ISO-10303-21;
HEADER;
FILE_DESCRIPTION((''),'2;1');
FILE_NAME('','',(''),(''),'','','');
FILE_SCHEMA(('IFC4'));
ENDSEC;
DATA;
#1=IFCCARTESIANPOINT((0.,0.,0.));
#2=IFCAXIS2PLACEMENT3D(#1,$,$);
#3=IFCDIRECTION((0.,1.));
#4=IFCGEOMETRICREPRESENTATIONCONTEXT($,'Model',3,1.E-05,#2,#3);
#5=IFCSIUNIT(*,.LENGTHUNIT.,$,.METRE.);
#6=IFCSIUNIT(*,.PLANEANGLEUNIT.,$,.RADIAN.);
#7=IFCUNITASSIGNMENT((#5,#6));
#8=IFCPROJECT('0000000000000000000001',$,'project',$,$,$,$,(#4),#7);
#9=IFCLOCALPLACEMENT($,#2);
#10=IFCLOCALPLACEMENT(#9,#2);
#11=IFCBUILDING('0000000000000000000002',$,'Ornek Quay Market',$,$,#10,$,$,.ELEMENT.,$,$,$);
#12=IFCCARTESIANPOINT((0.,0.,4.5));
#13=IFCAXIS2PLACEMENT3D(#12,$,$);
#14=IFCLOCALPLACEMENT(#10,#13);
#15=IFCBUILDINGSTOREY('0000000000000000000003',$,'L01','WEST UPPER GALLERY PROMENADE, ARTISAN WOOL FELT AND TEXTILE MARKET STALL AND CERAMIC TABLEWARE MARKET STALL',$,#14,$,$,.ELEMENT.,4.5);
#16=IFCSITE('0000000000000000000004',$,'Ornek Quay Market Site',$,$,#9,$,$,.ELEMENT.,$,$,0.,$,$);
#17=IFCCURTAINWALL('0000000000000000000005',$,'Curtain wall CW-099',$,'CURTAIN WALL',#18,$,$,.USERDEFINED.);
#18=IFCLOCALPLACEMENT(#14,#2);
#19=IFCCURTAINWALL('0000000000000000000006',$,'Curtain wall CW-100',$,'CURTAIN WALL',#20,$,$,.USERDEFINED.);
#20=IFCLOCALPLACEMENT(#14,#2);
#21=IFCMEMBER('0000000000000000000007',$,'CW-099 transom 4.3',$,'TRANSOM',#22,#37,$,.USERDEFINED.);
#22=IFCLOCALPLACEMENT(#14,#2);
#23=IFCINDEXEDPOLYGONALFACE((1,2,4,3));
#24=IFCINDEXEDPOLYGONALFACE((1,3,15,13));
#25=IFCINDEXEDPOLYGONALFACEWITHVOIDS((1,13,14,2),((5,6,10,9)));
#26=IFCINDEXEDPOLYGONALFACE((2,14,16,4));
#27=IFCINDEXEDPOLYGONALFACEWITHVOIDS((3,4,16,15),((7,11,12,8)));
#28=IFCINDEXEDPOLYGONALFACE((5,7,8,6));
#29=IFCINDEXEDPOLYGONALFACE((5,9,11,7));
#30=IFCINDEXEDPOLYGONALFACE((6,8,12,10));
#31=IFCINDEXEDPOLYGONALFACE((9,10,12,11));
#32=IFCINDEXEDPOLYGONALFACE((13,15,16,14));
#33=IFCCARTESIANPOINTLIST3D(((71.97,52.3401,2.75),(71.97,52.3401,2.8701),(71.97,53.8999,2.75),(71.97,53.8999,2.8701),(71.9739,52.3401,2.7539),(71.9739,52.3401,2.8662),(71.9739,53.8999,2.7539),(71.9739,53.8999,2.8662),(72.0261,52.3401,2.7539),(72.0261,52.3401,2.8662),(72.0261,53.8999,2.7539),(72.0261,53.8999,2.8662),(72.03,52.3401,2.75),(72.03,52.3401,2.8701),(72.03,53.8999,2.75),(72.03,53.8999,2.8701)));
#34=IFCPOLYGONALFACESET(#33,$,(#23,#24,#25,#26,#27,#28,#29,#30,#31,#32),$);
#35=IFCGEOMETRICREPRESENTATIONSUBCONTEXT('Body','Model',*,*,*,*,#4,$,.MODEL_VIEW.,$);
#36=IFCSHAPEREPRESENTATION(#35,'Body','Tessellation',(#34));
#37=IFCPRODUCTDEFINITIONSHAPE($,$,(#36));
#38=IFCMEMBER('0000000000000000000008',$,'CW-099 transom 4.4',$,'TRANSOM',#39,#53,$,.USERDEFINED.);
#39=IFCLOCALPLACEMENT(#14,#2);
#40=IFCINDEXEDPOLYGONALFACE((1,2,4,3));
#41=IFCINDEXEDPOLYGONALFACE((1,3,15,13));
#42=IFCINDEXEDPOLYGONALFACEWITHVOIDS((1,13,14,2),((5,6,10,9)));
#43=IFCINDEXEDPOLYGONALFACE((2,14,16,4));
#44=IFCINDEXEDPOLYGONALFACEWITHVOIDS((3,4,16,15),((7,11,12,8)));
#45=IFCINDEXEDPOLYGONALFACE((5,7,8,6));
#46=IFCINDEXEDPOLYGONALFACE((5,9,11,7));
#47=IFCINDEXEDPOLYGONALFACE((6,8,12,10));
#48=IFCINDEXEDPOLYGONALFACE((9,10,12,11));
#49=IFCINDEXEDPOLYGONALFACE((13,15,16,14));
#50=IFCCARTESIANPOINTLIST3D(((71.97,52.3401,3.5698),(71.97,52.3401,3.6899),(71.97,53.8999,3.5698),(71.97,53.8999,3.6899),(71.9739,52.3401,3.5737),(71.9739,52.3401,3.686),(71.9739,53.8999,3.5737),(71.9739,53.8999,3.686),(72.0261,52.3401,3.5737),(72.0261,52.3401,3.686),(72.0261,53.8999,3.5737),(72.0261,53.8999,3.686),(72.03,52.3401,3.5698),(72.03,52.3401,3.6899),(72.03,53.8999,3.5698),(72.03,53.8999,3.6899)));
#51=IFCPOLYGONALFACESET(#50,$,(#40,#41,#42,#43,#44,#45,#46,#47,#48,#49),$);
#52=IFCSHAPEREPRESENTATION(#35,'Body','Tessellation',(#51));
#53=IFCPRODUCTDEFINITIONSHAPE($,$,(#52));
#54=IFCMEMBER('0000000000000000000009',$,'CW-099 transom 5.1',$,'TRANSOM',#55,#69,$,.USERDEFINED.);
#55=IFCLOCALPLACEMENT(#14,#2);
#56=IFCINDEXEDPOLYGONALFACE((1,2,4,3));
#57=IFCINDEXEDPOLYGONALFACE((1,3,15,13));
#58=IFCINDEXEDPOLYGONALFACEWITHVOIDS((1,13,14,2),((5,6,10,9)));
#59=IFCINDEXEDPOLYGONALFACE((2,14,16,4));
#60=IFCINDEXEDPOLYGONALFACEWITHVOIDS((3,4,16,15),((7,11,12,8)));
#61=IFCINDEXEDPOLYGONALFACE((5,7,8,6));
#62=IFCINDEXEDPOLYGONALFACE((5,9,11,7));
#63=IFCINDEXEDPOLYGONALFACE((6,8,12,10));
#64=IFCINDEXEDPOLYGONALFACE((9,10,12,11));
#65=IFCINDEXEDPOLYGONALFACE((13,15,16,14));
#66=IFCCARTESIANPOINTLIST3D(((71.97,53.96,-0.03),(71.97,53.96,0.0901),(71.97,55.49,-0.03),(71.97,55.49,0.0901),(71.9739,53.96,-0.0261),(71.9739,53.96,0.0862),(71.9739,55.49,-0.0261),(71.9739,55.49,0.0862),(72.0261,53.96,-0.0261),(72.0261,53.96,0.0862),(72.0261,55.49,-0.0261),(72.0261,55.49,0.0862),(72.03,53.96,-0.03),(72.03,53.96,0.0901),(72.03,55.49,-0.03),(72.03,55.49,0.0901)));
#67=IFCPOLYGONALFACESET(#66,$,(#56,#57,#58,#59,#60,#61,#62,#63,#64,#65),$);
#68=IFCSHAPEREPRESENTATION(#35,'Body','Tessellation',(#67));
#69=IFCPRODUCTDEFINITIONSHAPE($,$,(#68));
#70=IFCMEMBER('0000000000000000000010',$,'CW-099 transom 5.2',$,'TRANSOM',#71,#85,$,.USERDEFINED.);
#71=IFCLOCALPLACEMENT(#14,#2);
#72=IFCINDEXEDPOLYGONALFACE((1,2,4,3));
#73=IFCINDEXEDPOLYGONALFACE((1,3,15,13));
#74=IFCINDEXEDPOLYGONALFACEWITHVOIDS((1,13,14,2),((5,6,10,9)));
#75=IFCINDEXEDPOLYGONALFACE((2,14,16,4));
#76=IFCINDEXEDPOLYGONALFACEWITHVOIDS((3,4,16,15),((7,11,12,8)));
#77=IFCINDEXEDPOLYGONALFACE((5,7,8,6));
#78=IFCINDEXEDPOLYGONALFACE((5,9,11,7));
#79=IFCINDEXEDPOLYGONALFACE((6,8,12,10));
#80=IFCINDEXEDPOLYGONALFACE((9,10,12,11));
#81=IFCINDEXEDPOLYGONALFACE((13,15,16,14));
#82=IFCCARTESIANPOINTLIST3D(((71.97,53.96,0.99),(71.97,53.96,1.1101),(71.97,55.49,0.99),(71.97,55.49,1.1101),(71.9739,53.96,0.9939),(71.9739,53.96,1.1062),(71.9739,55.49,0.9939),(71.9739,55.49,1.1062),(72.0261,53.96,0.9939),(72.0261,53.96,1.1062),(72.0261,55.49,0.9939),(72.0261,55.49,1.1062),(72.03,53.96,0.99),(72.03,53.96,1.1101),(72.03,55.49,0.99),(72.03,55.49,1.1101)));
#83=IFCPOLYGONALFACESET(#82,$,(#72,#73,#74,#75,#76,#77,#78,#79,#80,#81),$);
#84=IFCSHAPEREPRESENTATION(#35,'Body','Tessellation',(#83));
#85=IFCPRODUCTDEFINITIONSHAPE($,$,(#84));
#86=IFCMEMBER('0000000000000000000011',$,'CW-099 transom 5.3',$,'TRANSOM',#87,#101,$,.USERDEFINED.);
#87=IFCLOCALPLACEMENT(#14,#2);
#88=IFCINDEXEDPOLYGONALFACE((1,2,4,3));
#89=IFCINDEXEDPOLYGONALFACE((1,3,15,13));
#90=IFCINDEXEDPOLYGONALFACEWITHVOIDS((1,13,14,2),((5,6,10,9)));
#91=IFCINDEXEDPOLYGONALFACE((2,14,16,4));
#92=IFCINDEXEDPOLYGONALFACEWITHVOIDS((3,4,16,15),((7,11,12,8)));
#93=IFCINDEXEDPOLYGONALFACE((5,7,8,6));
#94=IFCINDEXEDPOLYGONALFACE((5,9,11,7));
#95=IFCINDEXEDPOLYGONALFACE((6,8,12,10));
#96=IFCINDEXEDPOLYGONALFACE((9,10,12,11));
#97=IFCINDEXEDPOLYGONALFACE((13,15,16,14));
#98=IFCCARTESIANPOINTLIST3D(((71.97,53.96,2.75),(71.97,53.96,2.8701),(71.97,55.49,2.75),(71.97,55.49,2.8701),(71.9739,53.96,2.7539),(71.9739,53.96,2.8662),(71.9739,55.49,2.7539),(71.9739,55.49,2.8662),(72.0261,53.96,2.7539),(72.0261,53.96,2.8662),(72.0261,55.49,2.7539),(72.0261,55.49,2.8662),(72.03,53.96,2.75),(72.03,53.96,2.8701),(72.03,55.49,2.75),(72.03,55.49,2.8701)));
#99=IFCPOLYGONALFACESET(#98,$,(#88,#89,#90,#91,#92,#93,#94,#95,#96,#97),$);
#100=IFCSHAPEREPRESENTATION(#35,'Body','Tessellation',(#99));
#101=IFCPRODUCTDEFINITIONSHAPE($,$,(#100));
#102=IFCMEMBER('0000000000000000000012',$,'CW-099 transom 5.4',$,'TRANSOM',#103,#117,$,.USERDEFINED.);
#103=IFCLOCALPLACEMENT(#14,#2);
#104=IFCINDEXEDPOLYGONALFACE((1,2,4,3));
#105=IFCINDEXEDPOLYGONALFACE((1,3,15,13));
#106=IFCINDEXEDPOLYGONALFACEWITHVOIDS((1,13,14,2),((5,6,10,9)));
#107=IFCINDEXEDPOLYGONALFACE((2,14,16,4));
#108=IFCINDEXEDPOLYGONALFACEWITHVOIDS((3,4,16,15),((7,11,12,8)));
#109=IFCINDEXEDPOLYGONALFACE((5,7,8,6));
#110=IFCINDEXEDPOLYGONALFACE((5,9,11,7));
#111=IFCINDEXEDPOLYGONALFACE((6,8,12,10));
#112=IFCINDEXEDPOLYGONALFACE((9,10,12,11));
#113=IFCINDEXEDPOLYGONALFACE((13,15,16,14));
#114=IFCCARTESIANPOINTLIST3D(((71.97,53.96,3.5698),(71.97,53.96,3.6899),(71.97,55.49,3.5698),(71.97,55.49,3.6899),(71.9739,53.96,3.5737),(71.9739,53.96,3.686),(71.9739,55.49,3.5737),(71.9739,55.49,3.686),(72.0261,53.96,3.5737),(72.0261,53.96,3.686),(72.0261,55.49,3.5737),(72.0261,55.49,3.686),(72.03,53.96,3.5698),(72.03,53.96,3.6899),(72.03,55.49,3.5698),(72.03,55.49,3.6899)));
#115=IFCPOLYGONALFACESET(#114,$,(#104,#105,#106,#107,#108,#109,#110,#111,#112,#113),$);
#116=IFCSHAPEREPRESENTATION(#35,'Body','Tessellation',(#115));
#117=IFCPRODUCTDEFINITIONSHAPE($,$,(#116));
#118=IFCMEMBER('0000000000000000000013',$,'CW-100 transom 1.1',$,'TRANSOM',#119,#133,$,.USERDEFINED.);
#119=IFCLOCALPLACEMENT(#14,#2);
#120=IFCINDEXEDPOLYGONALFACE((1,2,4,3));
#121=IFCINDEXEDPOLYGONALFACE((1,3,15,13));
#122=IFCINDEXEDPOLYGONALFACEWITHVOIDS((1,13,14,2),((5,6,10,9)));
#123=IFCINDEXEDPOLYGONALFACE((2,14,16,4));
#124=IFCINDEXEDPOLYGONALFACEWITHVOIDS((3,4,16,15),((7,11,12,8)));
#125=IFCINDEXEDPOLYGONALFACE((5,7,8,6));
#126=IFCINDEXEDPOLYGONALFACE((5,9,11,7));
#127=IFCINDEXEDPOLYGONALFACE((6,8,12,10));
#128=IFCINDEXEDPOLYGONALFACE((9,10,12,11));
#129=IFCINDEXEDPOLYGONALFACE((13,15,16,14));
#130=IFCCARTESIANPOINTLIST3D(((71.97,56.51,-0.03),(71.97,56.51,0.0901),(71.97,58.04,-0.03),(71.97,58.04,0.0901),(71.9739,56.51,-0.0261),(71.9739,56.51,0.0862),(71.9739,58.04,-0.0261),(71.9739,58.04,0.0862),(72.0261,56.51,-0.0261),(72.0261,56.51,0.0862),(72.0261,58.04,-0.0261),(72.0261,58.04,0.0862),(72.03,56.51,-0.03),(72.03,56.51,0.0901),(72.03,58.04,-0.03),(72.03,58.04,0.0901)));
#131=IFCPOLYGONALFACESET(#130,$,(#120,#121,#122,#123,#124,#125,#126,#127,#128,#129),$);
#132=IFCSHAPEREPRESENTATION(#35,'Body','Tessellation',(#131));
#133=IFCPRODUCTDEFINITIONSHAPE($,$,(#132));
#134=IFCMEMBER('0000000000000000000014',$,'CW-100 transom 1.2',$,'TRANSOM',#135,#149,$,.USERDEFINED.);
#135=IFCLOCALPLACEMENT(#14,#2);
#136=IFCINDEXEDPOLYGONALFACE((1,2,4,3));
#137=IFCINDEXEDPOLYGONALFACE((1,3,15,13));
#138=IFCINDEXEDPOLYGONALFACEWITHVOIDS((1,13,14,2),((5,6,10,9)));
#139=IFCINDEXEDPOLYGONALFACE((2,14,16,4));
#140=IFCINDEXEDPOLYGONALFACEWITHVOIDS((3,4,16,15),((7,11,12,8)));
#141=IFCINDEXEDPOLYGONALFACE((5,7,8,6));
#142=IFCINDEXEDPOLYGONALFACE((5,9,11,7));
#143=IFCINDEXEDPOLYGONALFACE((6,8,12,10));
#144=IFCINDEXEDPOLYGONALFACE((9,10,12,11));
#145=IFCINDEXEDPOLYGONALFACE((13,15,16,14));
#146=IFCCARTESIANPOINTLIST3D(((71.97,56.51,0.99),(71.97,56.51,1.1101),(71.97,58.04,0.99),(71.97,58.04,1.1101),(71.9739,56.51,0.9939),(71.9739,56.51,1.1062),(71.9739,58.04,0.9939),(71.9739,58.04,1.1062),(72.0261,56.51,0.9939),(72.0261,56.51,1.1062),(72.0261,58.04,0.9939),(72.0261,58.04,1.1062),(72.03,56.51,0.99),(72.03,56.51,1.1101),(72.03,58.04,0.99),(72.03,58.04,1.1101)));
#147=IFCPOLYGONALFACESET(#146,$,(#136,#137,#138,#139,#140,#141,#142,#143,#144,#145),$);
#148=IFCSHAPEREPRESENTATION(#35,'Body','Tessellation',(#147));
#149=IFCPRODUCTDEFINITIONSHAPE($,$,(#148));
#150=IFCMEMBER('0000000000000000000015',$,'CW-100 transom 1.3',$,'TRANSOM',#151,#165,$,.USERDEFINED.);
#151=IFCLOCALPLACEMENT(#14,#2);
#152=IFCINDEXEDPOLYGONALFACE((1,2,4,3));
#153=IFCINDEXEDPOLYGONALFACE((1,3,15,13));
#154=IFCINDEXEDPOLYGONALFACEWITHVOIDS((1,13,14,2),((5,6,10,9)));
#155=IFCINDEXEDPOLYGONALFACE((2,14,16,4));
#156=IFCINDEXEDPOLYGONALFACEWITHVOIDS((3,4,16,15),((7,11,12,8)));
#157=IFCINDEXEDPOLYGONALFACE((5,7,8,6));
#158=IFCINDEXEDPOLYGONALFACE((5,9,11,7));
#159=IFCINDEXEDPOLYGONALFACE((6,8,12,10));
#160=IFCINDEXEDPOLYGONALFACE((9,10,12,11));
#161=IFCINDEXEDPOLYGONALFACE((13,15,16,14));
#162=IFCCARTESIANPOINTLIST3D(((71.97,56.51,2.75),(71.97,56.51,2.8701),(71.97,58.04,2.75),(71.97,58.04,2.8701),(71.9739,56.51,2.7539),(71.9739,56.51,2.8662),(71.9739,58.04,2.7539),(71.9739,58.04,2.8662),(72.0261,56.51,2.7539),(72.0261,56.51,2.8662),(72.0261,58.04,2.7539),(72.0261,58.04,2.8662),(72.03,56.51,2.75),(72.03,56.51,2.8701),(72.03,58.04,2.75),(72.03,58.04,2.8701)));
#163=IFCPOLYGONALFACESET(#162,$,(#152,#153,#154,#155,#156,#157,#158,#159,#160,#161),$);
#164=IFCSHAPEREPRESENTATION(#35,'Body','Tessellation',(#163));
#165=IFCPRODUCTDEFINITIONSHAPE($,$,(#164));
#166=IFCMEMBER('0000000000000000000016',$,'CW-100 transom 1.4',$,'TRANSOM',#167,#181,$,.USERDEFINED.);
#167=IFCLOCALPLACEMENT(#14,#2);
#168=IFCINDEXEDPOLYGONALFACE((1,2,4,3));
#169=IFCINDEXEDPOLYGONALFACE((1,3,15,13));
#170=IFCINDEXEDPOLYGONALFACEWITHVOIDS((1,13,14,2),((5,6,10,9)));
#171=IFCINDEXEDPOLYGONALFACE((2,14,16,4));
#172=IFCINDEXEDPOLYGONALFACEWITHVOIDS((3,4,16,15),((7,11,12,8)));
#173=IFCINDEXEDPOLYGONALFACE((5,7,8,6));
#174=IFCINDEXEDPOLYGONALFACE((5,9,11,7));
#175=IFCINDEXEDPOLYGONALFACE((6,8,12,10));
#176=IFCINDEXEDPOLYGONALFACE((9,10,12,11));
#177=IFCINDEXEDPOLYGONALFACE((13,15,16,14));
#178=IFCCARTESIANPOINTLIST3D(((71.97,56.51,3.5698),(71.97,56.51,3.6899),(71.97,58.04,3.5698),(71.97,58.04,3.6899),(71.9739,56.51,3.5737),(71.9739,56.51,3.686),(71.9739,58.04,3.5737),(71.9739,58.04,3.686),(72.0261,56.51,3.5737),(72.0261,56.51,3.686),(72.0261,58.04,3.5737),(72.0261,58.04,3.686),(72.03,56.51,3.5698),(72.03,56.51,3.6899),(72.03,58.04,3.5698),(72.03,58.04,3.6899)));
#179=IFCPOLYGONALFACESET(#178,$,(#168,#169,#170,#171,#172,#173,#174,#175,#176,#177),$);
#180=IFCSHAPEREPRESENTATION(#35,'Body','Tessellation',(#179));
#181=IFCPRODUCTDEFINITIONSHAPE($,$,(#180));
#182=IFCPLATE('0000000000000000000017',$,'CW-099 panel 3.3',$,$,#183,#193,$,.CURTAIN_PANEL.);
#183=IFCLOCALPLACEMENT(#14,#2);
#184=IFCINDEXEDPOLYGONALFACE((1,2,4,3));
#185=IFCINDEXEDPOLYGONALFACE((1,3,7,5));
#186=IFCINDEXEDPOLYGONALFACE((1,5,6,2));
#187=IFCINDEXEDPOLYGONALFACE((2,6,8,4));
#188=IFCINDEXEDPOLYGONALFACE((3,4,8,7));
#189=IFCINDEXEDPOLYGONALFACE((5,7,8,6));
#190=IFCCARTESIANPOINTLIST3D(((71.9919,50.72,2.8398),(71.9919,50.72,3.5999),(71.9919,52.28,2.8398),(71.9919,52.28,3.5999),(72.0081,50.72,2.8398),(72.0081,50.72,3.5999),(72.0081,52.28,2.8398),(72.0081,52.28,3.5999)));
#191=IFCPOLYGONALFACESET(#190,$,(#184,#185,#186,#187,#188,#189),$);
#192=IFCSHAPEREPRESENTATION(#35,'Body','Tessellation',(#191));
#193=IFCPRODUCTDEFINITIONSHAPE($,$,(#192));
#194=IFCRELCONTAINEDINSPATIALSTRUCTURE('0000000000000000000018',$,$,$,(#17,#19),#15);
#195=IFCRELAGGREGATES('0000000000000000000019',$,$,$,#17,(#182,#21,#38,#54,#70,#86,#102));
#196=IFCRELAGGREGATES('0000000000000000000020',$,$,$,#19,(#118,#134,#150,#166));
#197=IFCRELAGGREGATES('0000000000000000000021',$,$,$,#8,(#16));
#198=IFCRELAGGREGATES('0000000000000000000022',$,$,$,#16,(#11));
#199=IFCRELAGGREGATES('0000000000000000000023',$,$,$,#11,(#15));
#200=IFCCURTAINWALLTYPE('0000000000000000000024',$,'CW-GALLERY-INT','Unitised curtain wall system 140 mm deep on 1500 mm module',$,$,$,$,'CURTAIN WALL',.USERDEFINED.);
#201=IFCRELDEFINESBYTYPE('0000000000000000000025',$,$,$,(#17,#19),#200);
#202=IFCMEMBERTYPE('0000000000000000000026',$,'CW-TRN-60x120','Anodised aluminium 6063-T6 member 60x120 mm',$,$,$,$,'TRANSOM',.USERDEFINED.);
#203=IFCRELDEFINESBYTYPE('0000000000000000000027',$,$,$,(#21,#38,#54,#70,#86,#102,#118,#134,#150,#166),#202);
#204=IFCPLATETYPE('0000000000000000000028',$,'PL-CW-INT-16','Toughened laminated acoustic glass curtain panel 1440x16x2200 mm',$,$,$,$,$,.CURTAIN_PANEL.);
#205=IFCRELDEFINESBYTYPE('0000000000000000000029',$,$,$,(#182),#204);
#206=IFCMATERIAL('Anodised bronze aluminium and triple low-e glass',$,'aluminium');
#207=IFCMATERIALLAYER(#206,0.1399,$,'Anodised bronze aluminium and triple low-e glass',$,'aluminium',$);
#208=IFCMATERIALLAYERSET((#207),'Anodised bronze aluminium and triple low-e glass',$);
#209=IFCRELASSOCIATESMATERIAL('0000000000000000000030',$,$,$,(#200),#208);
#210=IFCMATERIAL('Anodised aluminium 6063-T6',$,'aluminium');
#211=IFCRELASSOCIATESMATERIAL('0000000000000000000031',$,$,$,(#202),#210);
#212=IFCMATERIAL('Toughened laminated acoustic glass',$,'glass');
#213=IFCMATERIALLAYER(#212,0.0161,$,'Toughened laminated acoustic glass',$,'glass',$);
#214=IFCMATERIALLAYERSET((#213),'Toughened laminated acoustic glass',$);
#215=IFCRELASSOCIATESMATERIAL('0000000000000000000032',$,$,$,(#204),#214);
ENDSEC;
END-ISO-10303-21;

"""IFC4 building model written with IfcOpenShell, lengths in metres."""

from ifc_helpers import new_model, si_unit, direction, frame, origin, origin_2d, place, context, subcontext, project, spatial, rectangle, hollow_rectangle, extrude, material, layer, layer_set, material_profile, profile_set, type_object, element, aggregate, save


model = new_model("IFC4")

# Units and contexts
model_context = context("Model", 3, precision=1e-05, world=origin(), true_north=direction((0.0, 1.0)))
body_context = subcontext(model_context, "Body", "Model", "MODEL_VIEW")
ifc_project = project(units=[si_unit("LENGTHUNIT", "METRE"), si_unit("PLANEANGLEUNIT", "RADIAN")], contexts=[model_context])

# Site, building, storey
site_placement = place(None, origin())
site = spatial("IfcSite", under=ifc_project, at=site_placement, Name="Ornek Quay Market Site", CompositionType="ELEMENT", RefElevation=0.0)
building_placement = place(site_placement, origin())
building = spatial("IfcBuilding", under=site, at=building_placement, Name="Ornek Quay Market", CompositionType="ELEMENT")
storey_placement = place(building_placement, frame((0.0, 0.0, 4.5)))
storey = spatial("IfcBuildingStorey", under=building, at=storey_placement, Name="L01", Description="WEST UPPER GALLERY PROMENADE, ARTISAN WOOL FELT AND TEXTILE MARKET STALL AND CERAMIC TABLEWARE MARKET STALL", CompositionType="ELEMENT", Elevation=4.5)

# Curtain walls
ifc_material_1 = material(Name="Anodised bronze aluminium and triple low-e glass", Category="aluminium")
ifc_layer_1 = layer(ifc_material_1, 0.1399, Name="Anodised bronze aluminium and triple low-e glass", Category="aluminium")
ifc_layer_set_1 = layer_set([ifc_layer_1], Name="Anodised bronze aluminium and triple low-e glass")
curtain_wall_type = type_object("IfcCurtainWallType", Name="CW-GALLERY-INT", Description="Unitised curtain wall system 140 mm deep on 1500 mm module", ElementType="CURTAIN WALL", PredefinedType="USERDEFINED", material=ifc_layer_set_1)
curtain_wall_1_placement = place(storey_placement, origin())
curtain_wall_1 = element("IfcCurtainWall", 1, at=curtain_wall_1_placement, inside=storey, type_object=curtain_wall_type, Name="Curtain wall CW-099", ObjectType="CURTAIN WALL", PredefinedType="USERDEFINED")
ifc_material_2 = material(Name="Anodised aluminium 6063-T6", Category="aluminium")
curtain_wall_2_placement = place(storey_placement, origin())
curtain_wall_2 = element("IfcCurtainWall", 2, at=curtain_wall_2_placement, inside=storey, type_object=curtain_wall_type, Name="Curtain wall CW-100", ObjectType="CURTAIN WALL", PredefinedType="USERDEFINED")

# Members
ifc_material_profile_1 = material_profile(ifc_material_2, hollow_rectangle(XDim=0.0601, YDim=0.1201, WallThickness=0.0039, at=origin_2d()), Name="CW-TRN-60x120", Category="aluminium")
ifc_profile_set_1 = profile_set([ifc_material_profile_1], Name="Anodised aluminium 6063-T6")
member_type_1 = type_object("IfcMemberType", Name="CW-TRN-60x120", Description="Anodised aluminium 6063-T6 member 60x120 mm", ElementType="TRANSOM", PredefinedType="USERDEFINED", material=ifc_profile_set_1)
member_1_placement = place(storey_placement, frame((72.0, 52.3401, 2.8101), z_axis=(0.0, 1.0, 0.0), x_axis=(-1.0, 0.0, 0.0)))
member_1 = element("IfcMember", 3, at=member_1_placement, type_object=member_type_1, Name="CW-099 transom 4.3", ObjectType="TRANSOM", PredefinedType="USERDEFINED", context=body_context, shape_type="SweptSolid", body=[
    extrude(hollow_rectangle(XDim=0.0601, YDim=0.1201, WallThickness=0.0039, at=origin_2d()), origin(), (0.0, 0.0, 1.0), 1.5598),
])
member_2_placement = place(storey_placement, frame((72.0, 52.3401, 3.6299), z_axis=(0.0, 1.0, 0.0), x_axis=(-1.0, 0.0, 0.0)))
member_2 = element("IfcMember", 4, at=member_2_placement, type_object=member_type_1, Name="CW-099 transom 4.4", ObjectType="TRANSOM", PredefinedType="USERDEFINED", context=body_context, shape_type="SweptSolid", body=[
    extrude(hollow_rectangle(XDim=0.0601, YDim=0.1201, WallThickness=0.0039, at=origin_2d()), origin(), (0.0, 0.0, 1.0), 1.5598),
])
member_3_placement = place(storey_placement, frame((72.0, 53.96, 0.03), z_axis=(0.0, 1.0, 0.0), x_axis=(-1.0, 0.0, 0.0)))
member_3 = element("IfcMember", 5, at=member_3_placement, type_object=member_type_1, Name="CW-099 transom 5.1", ObjectType="TRANSOM", PredefinedType="USERDEFINED", context=body_context, shape_type="SweptSolid", body=[
    extrude(hollow_rectangle(XDim=0.0601, YDim=0.1201, WallThickness=0.0039, at=origin_2d()), origin(), (0.0, 0.0, 1.0), 1.53),
])
member_4_placement = place(storey_placement, frame((72.0, 53.96, 1.05), z_axis=(0.0, 1.0, 0.0), x_axis=(-1.0, 0.0, 0.0)))
member_4 = element("IfcMember", 6, at=member_4_placement, type_object=member_type_1, Name="CW-099 transom 5.2", ObjectType="TRANSOM", PredefinedType="USERDEFINED", context=body_context, shape_type="SweptSolid", body=[
    extrude(hollow_rectangle(XDim=0.0601, YDim=0.1201, WallThickness=0.0039, at=origin_2d()), origin(), (0.0, 0.0, 1.0), 1.53),
])
member_5_placement = place(storey_placement, frame((72.0, 53.96, 2.8101), z_axis=(0.0, 1.0, 0.0), x_axis=(-1.0, 0.0, 0.0)))
member_5 = element("IfcMember", 7, at=member_5_placement, type_object=member_type_1, Name="CW-099 transom 5.3", ObjectType="TRANSOM", PredefinedType="USERDEFINED", context=body_context, shape_type="SweptSolid", body=[
    extrude(hollow_rectangle(XDim=0.0601, YDim=0.1201, WallThickness=0.0039, at=origin_2d()), origin(), (0.0, 0.0, 1.0), 1.53),
])
member_6_placement = place(storey_placement, frame((72.0, 53.96, 3.6299), z_axis=(0.0, 1.0, 0.0), x_axis=(-1.0, 0.0, 0.0)))
member_6 = element("IfcMember", 8, at=member_6_placement, type_object=member_type_1, Name="CW-099 transom 5.4", ObjectType="TRANSOM", PredefinedType="USERDEFINED", context=body_context, shape_type="SweptSolid", body=[
    extrude(hollow_rectangle(XDim=0.0601, YDim=0.1201, WallThickness=0.0039, at=origin_2d()), origin(), (0.0, 0.0, 1.0), 1.53),
])
member_7_placement = place(storey_placement, frame((72.0, 56.51, 0.03), z_axis=(0.0, 1.0, 0.0), x_axis=(-1.0, 0.0, 0.0)))
member_7 = element("IfcMember", 9, at=member_7_placement, type_object=member_type_1, Name="CW-100 transom 1.1", ObjectType="TRANSOM", PredefinedType="USERDEFINED", context=body_context, shape_type="SweptSolid", body=[
    extrude(hollow_rectangle(XDim=0.0601, YDim=0.1201, WallThickness=0.0039, at=origin_2d()), origin(), (0.0, 0.0, 1.0), 1.53),
])
member_8_placement = place(storey_placement, frame((72.0, 56.51, 1.05), z_axis=(0.0, 1.0, 0.0), x_axis=(-1.0, 0.0, 0.0)))
member_8 = element("IfcMember", 10, at=member_8_placement, type_object=member_type_1, Name="CW-100 transom 1.2", ObjectType="TRANSOM", PredefinedType="USERDEFINED", context=body_context, shape_type="SweptSolid", body=[
    extrude(hollow_rectangle(XDim=0.0601, YDim=0.1201, WallThickness=0.0039, at=origin_2d()), origin(), (0.0, 0.0, 1.0), 1.53),
])
member_9_placement = place(storey_placement, frame((72.0, 56.51, 2.8101), z_axis=(0.0, 1.0, 0.0), x_axis=(-1.0, 0.0, 0.0)))
member_9 = element("IfcMember", 11, at=member_9_placement, type_object=member_type_1, Name="CW-100 transom 1.3", ObjectType="TRANSOM", PredefinedType="USERDEFINED", context=body_context, shape_type="SweptSolid", body=[
    extrude(hollow_rectangle(XDim=0.0601, YDim=0.1201, WallThickness=0.0039, at=origin_2d()), origin(), (0.0, 0.0, 1.0), 1.53),
])
member_10_placement = place(storey_placement, frame((72.0, 56.51, 3.6299), z_axis=(0.0, 1.0, 0.0), x_axis=(-1.0, 0.0, 0.0)))
member_10 = element("IfcMember", 12, at=member_10_placement, type_object=member_type_1, Name="CW-100 transom 1.4", ObjectType="TRANSOM", PredefinedType="USERDEFINED", context=body_context, shape_type="SweptSolid", body=[
    extrude(hollow_rectangle(XDim=0.0601, YDim=0.1201, WallThickness=0.0039, at=origin_2d()), origin(), (0.0, 0.0, 1.0), 1.53),
])

# Plate
ifc_material_3 = material(Name="Toughened laminated acoustic glass", Category="glass")
ifc_layer_2 = layer(ifc_material_3, 0.0161, Name="Toughened laminated acoustic glass", Category="glass")
ifc_layer_set_2 = layer_set([ifc_layer_2], Name="Toughened laminated acoustic glass")
plate_type = type_object("IfcPlateType", Name="PL-CW-INT-16", Description="Toughened laminated acoustic glass curtain panel 1440x16x2200 mm", PredefinedType="CURTAIN_PANEL", material=ifc_layer_set_2)
plate_1_placement = place(storey_placement, frame((72.0, 51.5, 2.8398), z_axis=(0.0, 0.0, 1.0), x_axis=(0.0, 1.0, 0.0)))
plate_1 = element("IfcPlate", 13, at=plate_1_placement, type_object=plate_type, Name="CW-099 panel 3.3", PredefinedType="CURTAIN_PANEL", context=body_context, shape_type="SweptSolid", body=[
    extrude(rectangle(XDim=1.5601, YDim=0.0161, at=origin_2d()), origin(), (0.0, 0.0, 1.0), 0.76),
])
aggregate(curtain_wall_1, [plate_1, member_1, member_2, member_3, member_4, member_5, member_6])
aggregate(curtain_wall_2, [member_7, member_8, member_9, member_10])

save(model, "model.ifc")
